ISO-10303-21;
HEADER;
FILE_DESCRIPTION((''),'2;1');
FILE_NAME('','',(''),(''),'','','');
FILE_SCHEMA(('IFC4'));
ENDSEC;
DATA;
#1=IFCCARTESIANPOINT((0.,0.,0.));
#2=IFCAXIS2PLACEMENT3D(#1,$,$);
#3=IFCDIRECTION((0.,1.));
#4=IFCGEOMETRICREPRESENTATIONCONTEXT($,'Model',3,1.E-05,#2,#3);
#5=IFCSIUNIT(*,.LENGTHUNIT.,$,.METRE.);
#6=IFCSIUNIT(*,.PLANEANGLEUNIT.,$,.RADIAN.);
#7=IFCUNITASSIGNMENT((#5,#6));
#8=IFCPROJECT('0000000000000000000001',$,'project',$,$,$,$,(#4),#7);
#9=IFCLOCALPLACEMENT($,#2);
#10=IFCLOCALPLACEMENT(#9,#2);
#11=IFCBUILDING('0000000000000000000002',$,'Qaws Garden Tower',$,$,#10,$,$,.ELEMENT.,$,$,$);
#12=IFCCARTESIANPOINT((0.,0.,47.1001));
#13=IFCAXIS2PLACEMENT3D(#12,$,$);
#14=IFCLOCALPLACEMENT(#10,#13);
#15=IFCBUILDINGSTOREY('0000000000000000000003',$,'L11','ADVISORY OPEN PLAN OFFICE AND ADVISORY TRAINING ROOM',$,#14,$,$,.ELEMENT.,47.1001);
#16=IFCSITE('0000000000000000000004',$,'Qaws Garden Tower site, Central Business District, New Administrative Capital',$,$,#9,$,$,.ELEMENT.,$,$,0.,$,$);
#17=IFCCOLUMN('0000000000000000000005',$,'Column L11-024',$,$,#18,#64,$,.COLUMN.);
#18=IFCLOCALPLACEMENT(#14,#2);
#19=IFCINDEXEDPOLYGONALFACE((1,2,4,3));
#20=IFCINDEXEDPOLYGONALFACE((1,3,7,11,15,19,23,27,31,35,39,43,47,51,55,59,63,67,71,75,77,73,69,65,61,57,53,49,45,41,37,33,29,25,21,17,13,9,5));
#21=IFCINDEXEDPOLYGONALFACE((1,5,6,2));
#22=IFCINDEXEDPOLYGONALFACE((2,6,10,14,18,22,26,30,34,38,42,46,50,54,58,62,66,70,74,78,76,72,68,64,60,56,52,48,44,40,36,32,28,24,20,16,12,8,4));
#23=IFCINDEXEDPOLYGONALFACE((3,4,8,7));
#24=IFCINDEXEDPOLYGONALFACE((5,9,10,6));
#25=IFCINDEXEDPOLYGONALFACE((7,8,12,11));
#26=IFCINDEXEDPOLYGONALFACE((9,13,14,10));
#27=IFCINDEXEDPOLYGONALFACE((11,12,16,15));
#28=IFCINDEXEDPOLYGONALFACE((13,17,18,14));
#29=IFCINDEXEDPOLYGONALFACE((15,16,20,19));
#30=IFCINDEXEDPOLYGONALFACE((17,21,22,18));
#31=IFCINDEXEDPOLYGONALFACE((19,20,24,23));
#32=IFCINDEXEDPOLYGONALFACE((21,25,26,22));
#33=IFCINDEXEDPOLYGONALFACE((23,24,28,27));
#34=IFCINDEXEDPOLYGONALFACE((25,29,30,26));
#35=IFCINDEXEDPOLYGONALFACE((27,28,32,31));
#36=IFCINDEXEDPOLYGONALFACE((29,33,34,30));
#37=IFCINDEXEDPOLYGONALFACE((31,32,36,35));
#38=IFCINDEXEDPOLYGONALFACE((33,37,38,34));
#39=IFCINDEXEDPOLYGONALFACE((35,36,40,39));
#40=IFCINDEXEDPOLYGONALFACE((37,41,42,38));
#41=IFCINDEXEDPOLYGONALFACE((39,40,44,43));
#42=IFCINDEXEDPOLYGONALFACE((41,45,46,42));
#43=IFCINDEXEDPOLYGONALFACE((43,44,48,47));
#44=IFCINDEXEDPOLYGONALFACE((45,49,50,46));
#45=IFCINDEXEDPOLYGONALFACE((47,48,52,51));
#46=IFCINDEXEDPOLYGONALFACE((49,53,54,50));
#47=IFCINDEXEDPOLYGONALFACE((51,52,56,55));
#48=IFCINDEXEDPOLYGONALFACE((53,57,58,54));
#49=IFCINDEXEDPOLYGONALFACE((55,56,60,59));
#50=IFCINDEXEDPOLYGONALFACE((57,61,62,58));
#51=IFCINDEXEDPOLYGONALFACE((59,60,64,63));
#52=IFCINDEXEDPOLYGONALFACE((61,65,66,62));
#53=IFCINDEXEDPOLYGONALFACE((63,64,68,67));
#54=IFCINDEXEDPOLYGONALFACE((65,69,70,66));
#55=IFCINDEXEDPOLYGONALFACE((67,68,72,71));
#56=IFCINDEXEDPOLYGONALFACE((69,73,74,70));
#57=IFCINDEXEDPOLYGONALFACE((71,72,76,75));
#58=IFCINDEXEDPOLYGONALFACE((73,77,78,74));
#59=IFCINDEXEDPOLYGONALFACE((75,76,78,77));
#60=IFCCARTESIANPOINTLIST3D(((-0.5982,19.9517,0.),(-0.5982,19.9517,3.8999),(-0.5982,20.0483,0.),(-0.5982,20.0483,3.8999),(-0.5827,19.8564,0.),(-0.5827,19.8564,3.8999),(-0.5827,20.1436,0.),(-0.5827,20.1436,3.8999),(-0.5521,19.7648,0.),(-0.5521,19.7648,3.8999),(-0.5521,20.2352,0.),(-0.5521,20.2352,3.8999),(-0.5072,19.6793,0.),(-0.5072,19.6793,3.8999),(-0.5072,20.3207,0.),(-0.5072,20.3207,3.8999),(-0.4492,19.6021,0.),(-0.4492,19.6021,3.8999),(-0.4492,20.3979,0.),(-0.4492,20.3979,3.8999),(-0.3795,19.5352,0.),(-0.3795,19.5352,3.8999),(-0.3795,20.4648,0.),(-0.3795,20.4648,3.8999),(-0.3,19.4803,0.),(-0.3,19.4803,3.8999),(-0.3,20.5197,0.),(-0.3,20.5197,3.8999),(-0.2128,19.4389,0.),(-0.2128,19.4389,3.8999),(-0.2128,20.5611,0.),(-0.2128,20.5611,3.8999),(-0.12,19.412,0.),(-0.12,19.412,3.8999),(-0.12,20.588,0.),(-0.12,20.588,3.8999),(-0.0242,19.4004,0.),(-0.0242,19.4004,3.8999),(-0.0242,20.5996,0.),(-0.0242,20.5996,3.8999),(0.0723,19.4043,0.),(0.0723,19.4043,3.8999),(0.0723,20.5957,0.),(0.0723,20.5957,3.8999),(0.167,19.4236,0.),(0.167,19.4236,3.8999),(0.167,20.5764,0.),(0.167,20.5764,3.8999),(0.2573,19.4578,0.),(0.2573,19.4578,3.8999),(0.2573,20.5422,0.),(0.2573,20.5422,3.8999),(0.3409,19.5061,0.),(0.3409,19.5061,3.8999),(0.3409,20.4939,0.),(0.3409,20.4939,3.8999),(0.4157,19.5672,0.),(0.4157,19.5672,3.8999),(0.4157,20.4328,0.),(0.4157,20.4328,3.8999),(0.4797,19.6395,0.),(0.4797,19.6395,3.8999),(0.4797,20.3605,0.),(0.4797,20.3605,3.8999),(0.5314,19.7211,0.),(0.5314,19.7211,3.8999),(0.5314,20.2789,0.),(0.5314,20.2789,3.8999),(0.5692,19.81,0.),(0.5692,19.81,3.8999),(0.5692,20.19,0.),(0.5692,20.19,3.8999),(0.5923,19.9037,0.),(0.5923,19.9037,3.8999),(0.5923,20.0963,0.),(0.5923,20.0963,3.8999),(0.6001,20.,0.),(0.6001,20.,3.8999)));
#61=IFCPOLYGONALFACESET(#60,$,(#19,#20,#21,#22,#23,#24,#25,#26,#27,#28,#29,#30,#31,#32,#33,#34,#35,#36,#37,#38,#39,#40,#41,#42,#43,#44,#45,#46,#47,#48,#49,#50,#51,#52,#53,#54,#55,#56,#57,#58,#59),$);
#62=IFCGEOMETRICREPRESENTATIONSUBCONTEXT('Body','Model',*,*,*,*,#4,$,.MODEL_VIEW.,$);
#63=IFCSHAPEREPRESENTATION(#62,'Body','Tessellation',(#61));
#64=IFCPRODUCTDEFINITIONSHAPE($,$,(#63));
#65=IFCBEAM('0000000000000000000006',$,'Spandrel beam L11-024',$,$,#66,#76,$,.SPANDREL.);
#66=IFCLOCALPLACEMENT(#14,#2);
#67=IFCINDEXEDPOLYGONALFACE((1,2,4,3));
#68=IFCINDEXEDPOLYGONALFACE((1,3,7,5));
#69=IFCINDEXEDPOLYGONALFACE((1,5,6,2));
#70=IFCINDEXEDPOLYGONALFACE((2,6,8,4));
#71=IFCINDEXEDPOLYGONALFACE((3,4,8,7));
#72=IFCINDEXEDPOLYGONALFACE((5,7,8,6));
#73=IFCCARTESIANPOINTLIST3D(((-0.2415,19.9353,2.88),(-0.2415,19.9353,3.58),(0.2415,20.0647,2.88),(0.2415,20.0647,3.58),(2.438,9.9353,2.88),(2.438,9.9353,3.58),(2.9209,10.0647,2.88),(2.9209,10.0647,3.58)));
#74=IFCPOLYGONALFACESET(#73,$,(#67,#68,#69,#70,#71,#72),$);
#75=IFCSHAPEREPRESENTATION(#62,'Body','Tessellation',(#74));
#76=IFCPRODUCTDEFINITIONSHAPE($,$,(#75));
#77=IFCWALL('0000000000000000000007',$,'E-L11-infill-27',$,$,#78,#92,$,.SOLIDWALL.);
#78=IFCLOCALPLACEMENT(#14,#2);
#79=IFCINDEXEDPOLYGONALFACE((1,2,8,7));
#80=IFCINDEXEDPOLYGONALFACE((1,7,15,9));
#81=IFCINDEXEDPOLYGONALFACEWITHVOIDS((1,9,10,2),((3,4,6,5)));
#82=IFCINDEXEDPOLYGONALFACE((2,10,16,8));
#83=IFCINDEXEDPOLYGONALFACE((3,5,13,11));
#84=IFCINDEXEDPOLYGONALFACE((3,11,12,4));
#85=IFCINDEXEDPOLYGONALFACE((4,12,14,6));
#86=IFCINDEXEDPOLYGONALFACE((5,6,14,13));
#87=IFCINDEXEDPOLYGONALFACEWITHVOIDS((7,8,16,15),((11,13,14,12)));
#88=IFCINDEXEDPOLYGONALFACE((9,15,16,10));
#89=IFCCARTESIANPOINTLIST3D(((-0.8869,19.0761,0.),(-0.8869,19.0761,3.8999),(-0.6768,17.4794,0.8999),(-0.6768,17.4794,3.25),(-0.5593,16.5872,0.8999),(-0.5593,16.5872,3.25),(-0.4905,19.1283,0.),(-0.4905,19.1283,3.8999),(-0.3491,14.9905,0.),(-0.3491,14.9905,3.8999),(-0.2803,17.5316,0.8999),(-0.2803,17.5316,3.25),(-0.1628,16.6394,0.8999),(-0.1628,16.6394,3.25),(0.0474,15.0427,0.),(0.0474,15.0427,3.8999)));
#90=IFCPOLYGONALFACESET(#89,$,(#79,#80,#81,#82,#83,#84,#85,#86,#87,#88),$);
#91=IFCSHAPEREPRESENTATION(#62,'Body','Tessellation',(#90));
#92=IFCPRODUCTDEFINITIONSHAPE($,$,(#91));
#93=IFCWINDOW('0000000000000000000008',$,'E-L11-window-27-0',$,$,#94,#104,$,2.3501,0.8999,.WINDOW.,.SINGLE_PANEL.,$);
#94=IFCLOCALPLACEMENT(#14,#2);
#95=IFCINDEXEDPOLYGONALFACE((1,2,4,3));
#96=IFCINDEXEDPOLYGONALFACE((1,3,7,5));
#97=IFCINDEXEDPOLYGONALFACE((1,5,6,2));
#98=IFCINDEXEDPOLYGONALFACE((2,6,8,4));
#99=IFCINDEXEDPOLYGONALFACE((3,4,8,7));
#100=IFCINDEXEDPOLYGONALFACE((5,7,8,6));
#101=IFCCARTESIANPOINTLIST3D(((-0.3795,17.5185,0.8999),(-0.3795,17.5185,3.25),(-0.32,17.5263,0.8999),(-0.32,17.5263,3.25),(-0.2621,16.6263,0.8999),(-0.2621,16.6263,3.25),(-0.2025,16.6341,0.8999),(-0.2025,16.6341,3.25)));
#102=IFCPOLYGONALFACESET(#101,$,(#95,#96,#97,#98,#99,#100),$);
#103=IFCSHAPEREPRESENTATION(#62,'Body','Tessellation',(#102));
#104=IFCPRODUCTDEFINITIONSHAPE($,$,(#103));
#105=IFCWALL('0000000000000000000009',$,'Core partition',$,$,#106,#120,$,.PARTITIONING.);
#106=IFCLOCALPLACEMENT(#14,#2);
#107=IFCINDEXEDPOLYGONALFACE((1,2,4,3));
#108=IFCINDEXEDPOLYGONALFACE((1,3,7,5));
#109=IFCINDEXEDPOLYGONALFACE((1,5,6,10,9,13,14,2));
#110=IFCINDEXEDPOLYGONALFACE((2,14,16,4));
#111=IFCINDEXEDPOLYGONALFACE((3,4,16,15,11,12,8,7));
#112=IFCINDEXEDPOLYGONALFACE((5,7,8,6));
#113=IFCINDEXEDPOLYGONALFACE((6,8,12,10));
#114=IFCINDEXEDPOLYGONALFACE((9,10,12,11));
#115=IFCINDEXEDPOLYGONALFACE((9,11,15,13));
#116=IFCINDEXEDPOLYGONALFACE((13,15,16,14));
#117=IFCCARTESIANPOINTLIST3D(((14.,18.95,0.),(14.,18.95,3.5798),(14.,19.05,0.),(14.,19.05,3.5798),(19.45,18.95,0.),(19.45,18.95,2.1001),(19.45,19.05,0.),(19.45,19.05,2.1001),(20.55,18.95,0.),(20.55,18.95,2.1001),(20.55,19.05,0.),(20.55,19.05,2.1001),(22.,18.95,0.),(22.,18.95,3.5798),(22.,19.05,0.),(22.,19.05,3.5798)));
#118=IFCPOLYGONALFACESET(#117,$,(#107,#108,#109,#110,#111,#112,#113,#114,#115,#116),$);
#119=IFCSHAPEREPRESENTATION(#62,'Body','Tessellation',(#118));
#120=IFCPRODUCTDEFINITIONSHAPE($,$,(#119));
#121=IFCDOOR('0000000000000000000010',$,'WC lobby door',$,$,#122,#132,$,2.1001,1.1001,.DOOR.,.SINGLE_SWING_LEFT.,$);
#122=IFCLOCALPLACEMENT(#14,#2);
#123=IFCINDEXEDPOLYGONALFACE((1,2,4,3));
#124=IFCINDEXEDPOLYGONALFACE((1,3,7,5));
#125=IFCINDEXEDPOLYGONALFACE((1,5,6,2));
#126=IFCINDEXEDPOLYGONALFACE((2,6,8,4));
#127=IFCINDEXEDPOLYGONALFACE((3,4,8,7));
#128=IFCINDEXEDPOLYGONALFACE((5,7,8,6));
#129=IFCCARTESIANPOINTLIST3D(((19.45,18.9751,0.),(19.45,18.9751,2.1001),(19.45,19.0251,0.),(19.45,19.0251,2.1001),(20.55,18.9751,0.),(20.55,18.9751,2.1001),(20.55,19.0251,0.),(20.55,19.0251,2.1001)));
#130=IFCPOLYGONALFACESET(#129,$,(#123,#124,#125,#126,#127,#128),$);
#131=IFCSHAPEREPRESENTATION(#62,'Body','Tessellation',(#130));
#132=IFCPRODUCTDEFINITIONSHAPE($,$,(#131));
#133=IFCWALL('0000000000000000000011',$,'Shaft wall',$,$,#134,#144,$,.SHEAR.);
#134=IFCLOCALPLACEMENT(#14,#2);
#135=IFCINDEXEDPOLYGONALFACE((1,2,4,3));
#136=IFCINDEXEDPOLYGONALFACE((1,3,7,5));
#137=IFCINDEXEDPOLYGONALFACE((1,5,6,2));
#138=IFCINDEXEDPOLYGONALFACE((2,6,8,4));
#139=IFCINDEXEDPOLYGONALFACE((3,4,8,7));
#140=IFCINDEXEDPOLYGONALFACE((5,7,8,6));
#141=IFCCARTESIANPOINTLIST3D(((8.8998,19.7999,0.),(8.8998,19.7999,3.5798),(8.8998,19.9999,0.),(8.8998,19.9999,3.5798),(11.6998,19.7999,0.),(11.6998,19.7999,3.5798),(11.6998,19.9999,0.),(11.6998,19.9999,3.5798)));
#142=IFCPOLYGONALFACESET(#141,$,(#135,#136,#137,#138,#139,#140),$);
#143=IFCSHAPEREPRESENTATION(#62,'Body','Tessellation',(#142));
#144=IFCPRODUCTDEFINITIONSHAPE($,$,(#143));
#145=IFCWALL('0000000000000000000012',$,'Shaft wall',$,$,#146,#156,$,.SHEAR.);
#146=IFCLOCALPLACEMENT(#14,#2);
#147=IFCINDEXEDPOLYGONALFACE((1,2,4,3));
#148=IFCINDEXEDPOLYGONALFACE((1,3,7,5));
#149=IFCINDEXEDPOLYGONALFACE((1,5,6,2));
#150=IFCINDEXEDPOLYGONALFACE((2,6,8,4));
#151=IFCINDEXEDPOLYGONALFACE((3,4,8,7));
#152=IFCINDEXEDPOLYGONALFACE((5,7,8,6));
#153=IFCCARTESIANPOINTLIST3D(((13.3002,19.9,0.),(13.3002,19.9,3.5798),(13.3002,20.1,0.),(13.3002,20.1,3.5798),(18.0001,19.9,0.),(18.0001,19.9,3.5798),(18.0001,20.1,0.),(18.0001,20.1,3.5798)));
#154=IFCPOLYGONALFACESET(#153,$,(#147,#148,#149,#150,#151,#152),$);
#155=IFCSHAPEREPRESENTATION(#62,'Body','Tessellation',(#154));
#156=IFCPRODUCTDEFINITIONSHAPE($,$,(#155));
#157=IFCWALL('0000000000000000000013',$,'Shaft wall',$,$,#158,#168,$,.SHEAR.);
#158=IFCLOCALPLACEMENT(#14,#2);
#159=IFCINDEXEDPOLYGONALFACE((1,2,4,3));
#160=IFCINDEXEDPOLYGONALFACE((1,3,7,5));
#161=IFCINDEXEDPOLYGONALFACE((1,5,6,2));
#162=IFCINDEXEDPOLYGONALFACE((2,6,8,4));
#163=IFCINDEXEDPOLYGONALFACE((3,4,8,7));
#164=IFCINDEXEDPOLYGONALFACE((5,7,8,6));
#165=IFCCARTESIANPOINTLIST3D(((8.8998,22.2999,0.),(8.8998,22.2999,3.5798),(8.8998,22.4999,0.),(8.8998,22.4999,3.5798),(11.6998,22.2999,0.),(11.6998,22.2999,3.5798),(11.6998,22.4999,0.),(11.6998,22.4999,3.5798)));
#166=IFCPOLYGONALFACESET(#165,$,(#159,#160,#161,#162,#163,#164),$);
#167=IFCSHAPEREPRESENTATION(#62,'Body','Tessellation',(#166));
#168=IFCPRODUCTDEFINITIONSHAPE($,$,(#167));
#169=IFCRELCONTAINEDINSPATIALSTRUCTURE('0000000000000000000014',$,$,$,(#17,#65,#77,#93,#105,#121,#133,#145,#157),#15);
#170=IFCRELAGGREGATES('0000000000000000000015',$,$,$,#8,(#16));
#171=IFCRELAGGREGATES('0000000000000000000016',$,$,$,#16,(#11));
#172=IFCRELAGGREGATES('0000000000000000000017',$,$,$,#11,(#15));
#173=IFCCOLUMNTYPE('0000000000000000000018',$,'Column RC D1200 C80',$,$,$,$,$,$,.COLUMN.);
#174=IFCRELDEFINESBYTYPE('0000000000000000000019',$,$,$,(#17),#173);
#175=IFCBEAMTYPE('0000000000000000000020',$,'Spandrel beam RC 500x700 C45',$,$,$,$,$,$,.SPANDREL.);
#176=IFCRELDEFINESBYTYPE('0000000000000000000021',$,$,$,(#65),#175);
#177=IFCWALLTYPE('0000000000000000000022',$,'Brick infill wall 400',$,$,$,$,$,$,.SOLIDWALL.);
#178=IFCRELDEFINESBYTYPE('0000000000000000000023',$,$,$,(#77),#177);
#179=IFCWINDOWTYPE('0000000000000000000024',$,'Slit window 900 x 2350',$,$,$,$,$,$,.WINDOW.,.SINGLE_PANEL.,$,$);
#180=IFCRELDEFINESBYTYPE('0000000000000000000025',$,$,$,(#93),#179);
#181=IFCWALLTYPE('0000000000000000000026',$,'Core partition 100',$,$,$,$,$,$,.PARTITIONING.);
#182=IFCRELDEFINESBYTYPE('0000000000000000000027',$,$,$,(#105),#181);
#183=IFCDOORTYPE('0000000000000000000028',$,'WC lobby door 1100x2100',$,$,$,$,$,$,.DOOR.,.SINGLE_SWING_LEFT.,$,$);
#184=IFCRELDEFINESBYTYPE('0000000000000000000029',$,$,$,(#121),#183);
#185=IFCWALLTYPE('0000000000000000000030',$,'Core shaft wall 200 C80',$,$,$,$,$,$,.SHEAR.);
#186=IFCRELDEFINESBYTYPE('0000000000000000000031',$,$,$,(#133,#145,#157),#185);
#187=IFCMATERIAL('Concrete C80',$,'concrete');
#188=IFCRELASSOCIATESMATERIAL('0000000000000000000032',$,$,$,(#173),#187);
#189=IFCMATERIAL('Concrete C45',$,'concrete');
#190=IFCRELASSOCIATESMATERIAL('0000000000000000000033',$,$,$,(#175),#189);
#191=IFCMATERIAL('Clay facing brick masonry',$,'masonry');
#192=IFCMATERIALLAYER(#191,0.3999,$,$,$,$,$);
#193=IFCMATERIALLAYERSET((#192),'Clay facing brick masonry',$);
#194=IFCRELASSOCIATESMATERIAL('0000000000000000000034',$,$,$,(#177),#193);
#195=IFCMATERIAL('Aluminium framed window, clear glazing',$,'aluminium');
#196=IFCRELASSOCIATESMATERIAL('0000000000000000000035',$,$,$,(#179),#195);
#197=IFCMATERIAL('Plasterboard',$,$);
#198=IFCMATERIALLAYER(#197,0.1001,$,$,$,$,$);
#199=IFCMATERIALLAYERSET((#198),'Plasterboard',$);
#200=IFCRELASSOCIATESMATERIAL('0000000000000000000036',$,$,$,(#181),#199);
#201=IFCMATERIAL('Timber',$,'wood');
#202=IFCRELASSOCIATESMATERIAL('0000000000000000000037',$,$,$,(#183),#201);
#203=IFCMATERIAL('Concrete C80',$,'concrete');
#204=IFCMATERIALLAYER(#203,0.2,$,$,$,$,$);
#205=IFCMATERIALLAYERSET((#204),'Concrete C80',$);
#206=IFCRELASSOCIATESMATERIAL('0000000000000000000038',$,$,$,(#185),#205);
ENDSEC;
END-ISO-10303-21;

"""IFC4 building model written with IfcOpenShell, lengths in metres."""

from ifc_helpers import new_model, si_unit, direction, frame, frame_2d, origin, origin_2d, place, context, subcontext, project, spatial, rectangle, circle, extrude, material, layer, layer_set, material_profile, profile_set, type_object, element, fill, save


model = new_model("IFC4")

# Units and contexts
model_context = context("Model", 3, precision=1e-05, world=origin(), true_north=direction((0.0, 1.0)))
body_context = subcontext(model_context, "Body", "Model", "MODEL_VIEW")
ifc_project = project(units=[si_unit("LENGTHUNIT", "METRE"), si_unit("PLANEANGLEUNIT", "RADIAN")], contexts=[model_context])

# Site, building, storey
site_placement = place(None, origin())
site = spatial("IfcSite", under=ifc_project, at=site_placement, Name="Qaws Garden Tower site, Central Business District, New Administrative Capital", CompositionType="ELEMENT", RefElevation=0.0)
building_placement = place(site_placement, origin())
building = spatial("IfcBuilding", under=site, at=building_placement, Name="Qaws Garden Tower", CompositionType="ELEMENT")
storey_placement = place(building_placement, frame((0.0, 0.0, 47.1001)))
storey = spatial("IfcBuildingStorey", under=building, at=storey_placement, Name="L11", Description="ADVISORY OPEN PLAN OFFICE AND ADVISORY TRAINING ROOM", CompositionType="ELEMENT", Elevation=47.1001)

# Column
ifc_material_1 = material(Name="Concrete C80", Category="concrete")
ifc_material_profile_1 = material_profile(ifc_material_1, circle(Radius=0.6001, at=origin_2d()), Name="RC D1200")
ifc_profile_set_1 = profile_set([ifc_material_profile_1], Name="Concrete C80")
column_type = type_object("IfcColumnType", Name="Column RC D1200 C80", PredefinedType="COLUMN", material=ifc_profile_set_1)
column_placement = place(storey_placement, frame((0.0, 20.0, 0.0), z_axis=(0.0, 0.0, 1.0), x_axis=(1.0, 0.0, 0.0)))
element("IfcColumn", 1, at=column_placement, inside=storey, type_object=column_type, Name="Column L11-024", PredefinedType="COLUMN", context=body_context, shape_type="SweptSolid", body=[
    extrude(circle(Radius=0.6001, at=origin_2d()), origin(), (0.0, 0.0, 1.0), 3.8999),
])

# Beam
ifc_material_2 = material(Name="Concrete C45", Category="concrete")
ifc_material_profile_2 = material_profile(ifc_material_2, rectangle(XDim=0.5, YDim=0.7, at=origin_2d()), Name="RC 500x700")
ifc_profile_set_2 = profile_set([ifc_material_profile_2], Name="Concrete C45")
beam_type = type_object("IfcBeamType", Name="Spandrel beam RC 500x700 C45", PredefinedType="SPANDREL", material=ifc_profile_set_2)
beam_placement = place(storey_placement, frame((0.0, 20.0, 3.23), z_axis=(0.258815, -0.965927, 0.0), x_axis=(0.965927, 0.258815, 0.0)))
element("IfcBeam", 2, at=beam_placement, inside=storey, type_object=beam_type, Name="Spandrel beam L11-024", PredefinedType="SPANDREL", context=body_context, shape_type="SweptSolid", body=[
    extrude(rectangle(XDim=0.5, YDim=0.7, at=origin_2d()), origin(), (0.0, 0.0, 1.0), 10.3528),
])

# Wall, opening, window
ifc_material_3 = material(Name="Clay facing brick masonry", Category="masonry")
ifc_layer_1 = layer(ifc_material_3, 0.3999)
ifc_layer_set_1 = layer_set([ifc_layer_1], Name="Clay facing brick masonry")
wall_type_1 = type_object("IfcWallType", Name="Brick infill wall 400", PredefinedType="SOLIDWALL", material=ifc_layer_set_1)
wall_1_placement = place(storey_placement, frame((-0.6887, 19.1023, 0.0), z_axis=(0.0, 0.0, 1.0), x_axis=(0.130514, -0.991446, 0.0)))
wall_1 = element("IfcWall", 3, at=wall_1_placement, inside=storey, type_object=wall_type_1, Name="E-L11-infill-27", PredefinedType="SOLIDWALL", context=body_context, shape_type="SweptSolid", body=[
    extrude(rectangle(XDim=4.1208, YDim=0.3999, at=frame_2d((2.0605, 0.0))), origin(), (0.0, 0.0, 1.0), 3.8999),
])
opening_1_placement = place(wall_1_placement, frame((1.6106, 0.0, 0.8999)))
opening_1 = element("IfcOpeningElement", 4, at=opening_1_placement, cuts=wall_1, PredefinedType="OPENING", context=body_context, shape_type="SweptSolid", body=[
    extrude(rectangle(XDim=0.8999, YDim=2.3501, at=frame_2d((0.45, 1.175))), frame((0.0, 0.21, 0.0), z_axis=(0.0, -1.0, 0.0), x_axis=(1.0, 0.0, 0.0)), (0.0, 0.0, 1.0), 0.4199),
])
ifc_material_4 = material(Name="Aluminium framed window, clear glazing", Category="aluminium")
window_type = type_object("IfcWindowType", Name="Slit window 900 x 2350", PartitioningType="SINGLE_PANEL", PredefinedType="WINDOW", material=ifc_material_4)
window_placement = place(opening_1_placement, origin())
window = element("IfcWindow", 5, at=window_placement, inside=storey, type_object=window_type, Name="E-L11-window-27-0", OverallHeight=2.3501, OverallWidth=0.8999, PartitioningType="SINGLE_PANEL", PredefinedType="WINDOW", context=body_context, shape_type="SweptSolid", body=[
    extrude(rectangle(XDim=0.8999, YDim=2.3501, at=frame_2d((0.45, 1.175))), frame((0.0, 0.1599, 0.0), z_axis=(0.0, -1.0, 0.0), x_axis=(1.0, 0.0, 0.0)), (0.0, 0.0, 1.0), 0.0601),
])
fill(opening_1, window)

# Wall, opening, door
ifc_material_5 = material(Name="Plasterboard")
ifc_layer_2 = layer(ifc_material_5, 0.1001)
ifc_layer_set_2 = layer_set([ifc_layer_2], Name="Plasterboard")
wall_type_2 = type_object("IfcWallType", Name="Core partition 100", PredefinedType="PARTITIONING", material=ifc_layer_set_2)
wall_2_placement = place(storey_placement, frame((14.0, 19.0, 0.0), z_axis=(0.0, 0.0, 1.0), x_axis=(1.0, 0.0, 0.0)))
wall_2 = element("IfcWall", 6, at=wall_2_placement, inside=storey, type_object=wall_type_2, Name="Core partition", PredefinedType="PARTITIONING", context=body_context, shape_type="SweptSolid", body=[
    extrude(rectangle(XDim=8.0, YDim=0.1001, at=frame_2d((4.0, 0.0))), origin(), (0.0, 0.0, 1.0), 3.5798),
])
opening_2_placement = place(wall_2_placement, frame((5.45, 0.0, 0.0)))
opening_2 = element("IfcOpeningElement", 7, at=opening_2_placement, cuts=wall_2, PredefinedType="OPENING", context=body_context, shape_type="SweptSolid", body=[
    extrude(rectangle(XDim=1.1001, YDim=2.1001, at=frame_2d((0.55, 1.05))), frame((0.0, 0.0601, 0.0), z_axis=(0.0, -1.0, 0.0), x_axis=(1.0, 0.0, 0.0)), (0.0, 0.0, 1.0), 0.1201),
])
ifc_material_6 = material(Name="Timber", Category="wood")
door_type_1 = type_object("IfcDoorType", Name="WC lobby door 1100x2100", OperationType="SINGLE_SWING_LEFT", PredefinedType="DOOR", material=ifc_material_6)
door_1_placement = place(opening_2_placement, frame((1.1001, 0.0, 0.0), z_axis=(0.0, 0.0, 1.0), x_axis=(-1.0, 0.0, 0.0)))
door_1 = element("IfcDoor", 8, at=door_1_placement, inside=storey, type_object=door_type_1, Name="WC lobby door", OperationType="SINGLE_SWING_LEFT", OverallHeight=2.1001, OverallWidth=1.1001, PredefinedType="DOOR", context=body_context, shape_type="SweptSolid", body=[
    extrude(rectangle(XDim=1.1001, YDim=2.1001, at=frame_2d((0.55, 1.05))), frame((0.0, 0.0249, 0.0), z_axis=(0.0, -1.0, 0.0), x_axis=(1.0, 0.0, 0.0)), (0.0, 0.0, 1.0), 0.05),
])
fill(opening_2, door_1)

# Walls
ifc_material_7 = material(Name="Concrete C80", Category="concrete")
ifc_layer_3 = layer(ifc_material_7, 0.2)
ifc_layer_set_3 = layer_set([ifc_layer_3], Name="Concrete C80")
wall_type_3 = type_object("IfcWallType", Name="Core shaft wall 200 C80", PredefinedType="SHEAR", material=ifc_layer_set_3)
wall_3_placement = place(storey_placement, frame((8.8999, 19.8999, 0.0), z_axis=(0.0, 0.0, 1.0), x_axis=(1.0, 0.0, 0.0)))
element("IfcWall", 9, at=wall_3_placement, inside=storey, type_object=wall_type_3, Name="Shaft wall", PredefinedType="SHEAR", context=body_context, shape_type="SweptSolid", body=[
    extrude(rectangle(XDim=2.8, YDim=0.2, at=frame_2d((1.3999, 0.0))), origin(), (0.0, 0.0, 1.0), 3.5798),
])
wall_4_placement = place(storey_placement, frame((13.3, 20.0, 0.0), z_axis=(0.0, 0.0, 1.0), x_axis=(1.0, 0.0, 0.0)))
element("IfcWall", 10, at=wall_4_placement, inside=storey, type_object=wall_type_3, Name="Shaft wall", PredefinedType="SHEAR", context=body_context, shape_type="SweptSolid", body=[
    extrude(rectangle(XDim=4.7, YDim=0.2, at=frame_2d((2.3501, 0.0))), origin(), (0.0, 0.0, 1.0), 3.5798),
])
wall_5_placement = place(storey_placement, frame((8.8999, 22.3999, 0.0), z_axis=(0.0, 0.0, 1.0), x_axis=(1.0, 0.0, 0.0)))
element("IfcWall", 11, at=wall_5_placement, inside=storey, type_object=wall_type_3, Name="Shaft wall", PredefinedType="SHEAR", context=body_context, shape_type="SweptSolid", body=[
    extrude(rectangle(XDim=2.8, YDim=0.2, at=frame_2d((1.3999, 0.0))), origin(), (0.0, 0.0, 1.0), 3.5798),
])

save(model, "model.ifc")
